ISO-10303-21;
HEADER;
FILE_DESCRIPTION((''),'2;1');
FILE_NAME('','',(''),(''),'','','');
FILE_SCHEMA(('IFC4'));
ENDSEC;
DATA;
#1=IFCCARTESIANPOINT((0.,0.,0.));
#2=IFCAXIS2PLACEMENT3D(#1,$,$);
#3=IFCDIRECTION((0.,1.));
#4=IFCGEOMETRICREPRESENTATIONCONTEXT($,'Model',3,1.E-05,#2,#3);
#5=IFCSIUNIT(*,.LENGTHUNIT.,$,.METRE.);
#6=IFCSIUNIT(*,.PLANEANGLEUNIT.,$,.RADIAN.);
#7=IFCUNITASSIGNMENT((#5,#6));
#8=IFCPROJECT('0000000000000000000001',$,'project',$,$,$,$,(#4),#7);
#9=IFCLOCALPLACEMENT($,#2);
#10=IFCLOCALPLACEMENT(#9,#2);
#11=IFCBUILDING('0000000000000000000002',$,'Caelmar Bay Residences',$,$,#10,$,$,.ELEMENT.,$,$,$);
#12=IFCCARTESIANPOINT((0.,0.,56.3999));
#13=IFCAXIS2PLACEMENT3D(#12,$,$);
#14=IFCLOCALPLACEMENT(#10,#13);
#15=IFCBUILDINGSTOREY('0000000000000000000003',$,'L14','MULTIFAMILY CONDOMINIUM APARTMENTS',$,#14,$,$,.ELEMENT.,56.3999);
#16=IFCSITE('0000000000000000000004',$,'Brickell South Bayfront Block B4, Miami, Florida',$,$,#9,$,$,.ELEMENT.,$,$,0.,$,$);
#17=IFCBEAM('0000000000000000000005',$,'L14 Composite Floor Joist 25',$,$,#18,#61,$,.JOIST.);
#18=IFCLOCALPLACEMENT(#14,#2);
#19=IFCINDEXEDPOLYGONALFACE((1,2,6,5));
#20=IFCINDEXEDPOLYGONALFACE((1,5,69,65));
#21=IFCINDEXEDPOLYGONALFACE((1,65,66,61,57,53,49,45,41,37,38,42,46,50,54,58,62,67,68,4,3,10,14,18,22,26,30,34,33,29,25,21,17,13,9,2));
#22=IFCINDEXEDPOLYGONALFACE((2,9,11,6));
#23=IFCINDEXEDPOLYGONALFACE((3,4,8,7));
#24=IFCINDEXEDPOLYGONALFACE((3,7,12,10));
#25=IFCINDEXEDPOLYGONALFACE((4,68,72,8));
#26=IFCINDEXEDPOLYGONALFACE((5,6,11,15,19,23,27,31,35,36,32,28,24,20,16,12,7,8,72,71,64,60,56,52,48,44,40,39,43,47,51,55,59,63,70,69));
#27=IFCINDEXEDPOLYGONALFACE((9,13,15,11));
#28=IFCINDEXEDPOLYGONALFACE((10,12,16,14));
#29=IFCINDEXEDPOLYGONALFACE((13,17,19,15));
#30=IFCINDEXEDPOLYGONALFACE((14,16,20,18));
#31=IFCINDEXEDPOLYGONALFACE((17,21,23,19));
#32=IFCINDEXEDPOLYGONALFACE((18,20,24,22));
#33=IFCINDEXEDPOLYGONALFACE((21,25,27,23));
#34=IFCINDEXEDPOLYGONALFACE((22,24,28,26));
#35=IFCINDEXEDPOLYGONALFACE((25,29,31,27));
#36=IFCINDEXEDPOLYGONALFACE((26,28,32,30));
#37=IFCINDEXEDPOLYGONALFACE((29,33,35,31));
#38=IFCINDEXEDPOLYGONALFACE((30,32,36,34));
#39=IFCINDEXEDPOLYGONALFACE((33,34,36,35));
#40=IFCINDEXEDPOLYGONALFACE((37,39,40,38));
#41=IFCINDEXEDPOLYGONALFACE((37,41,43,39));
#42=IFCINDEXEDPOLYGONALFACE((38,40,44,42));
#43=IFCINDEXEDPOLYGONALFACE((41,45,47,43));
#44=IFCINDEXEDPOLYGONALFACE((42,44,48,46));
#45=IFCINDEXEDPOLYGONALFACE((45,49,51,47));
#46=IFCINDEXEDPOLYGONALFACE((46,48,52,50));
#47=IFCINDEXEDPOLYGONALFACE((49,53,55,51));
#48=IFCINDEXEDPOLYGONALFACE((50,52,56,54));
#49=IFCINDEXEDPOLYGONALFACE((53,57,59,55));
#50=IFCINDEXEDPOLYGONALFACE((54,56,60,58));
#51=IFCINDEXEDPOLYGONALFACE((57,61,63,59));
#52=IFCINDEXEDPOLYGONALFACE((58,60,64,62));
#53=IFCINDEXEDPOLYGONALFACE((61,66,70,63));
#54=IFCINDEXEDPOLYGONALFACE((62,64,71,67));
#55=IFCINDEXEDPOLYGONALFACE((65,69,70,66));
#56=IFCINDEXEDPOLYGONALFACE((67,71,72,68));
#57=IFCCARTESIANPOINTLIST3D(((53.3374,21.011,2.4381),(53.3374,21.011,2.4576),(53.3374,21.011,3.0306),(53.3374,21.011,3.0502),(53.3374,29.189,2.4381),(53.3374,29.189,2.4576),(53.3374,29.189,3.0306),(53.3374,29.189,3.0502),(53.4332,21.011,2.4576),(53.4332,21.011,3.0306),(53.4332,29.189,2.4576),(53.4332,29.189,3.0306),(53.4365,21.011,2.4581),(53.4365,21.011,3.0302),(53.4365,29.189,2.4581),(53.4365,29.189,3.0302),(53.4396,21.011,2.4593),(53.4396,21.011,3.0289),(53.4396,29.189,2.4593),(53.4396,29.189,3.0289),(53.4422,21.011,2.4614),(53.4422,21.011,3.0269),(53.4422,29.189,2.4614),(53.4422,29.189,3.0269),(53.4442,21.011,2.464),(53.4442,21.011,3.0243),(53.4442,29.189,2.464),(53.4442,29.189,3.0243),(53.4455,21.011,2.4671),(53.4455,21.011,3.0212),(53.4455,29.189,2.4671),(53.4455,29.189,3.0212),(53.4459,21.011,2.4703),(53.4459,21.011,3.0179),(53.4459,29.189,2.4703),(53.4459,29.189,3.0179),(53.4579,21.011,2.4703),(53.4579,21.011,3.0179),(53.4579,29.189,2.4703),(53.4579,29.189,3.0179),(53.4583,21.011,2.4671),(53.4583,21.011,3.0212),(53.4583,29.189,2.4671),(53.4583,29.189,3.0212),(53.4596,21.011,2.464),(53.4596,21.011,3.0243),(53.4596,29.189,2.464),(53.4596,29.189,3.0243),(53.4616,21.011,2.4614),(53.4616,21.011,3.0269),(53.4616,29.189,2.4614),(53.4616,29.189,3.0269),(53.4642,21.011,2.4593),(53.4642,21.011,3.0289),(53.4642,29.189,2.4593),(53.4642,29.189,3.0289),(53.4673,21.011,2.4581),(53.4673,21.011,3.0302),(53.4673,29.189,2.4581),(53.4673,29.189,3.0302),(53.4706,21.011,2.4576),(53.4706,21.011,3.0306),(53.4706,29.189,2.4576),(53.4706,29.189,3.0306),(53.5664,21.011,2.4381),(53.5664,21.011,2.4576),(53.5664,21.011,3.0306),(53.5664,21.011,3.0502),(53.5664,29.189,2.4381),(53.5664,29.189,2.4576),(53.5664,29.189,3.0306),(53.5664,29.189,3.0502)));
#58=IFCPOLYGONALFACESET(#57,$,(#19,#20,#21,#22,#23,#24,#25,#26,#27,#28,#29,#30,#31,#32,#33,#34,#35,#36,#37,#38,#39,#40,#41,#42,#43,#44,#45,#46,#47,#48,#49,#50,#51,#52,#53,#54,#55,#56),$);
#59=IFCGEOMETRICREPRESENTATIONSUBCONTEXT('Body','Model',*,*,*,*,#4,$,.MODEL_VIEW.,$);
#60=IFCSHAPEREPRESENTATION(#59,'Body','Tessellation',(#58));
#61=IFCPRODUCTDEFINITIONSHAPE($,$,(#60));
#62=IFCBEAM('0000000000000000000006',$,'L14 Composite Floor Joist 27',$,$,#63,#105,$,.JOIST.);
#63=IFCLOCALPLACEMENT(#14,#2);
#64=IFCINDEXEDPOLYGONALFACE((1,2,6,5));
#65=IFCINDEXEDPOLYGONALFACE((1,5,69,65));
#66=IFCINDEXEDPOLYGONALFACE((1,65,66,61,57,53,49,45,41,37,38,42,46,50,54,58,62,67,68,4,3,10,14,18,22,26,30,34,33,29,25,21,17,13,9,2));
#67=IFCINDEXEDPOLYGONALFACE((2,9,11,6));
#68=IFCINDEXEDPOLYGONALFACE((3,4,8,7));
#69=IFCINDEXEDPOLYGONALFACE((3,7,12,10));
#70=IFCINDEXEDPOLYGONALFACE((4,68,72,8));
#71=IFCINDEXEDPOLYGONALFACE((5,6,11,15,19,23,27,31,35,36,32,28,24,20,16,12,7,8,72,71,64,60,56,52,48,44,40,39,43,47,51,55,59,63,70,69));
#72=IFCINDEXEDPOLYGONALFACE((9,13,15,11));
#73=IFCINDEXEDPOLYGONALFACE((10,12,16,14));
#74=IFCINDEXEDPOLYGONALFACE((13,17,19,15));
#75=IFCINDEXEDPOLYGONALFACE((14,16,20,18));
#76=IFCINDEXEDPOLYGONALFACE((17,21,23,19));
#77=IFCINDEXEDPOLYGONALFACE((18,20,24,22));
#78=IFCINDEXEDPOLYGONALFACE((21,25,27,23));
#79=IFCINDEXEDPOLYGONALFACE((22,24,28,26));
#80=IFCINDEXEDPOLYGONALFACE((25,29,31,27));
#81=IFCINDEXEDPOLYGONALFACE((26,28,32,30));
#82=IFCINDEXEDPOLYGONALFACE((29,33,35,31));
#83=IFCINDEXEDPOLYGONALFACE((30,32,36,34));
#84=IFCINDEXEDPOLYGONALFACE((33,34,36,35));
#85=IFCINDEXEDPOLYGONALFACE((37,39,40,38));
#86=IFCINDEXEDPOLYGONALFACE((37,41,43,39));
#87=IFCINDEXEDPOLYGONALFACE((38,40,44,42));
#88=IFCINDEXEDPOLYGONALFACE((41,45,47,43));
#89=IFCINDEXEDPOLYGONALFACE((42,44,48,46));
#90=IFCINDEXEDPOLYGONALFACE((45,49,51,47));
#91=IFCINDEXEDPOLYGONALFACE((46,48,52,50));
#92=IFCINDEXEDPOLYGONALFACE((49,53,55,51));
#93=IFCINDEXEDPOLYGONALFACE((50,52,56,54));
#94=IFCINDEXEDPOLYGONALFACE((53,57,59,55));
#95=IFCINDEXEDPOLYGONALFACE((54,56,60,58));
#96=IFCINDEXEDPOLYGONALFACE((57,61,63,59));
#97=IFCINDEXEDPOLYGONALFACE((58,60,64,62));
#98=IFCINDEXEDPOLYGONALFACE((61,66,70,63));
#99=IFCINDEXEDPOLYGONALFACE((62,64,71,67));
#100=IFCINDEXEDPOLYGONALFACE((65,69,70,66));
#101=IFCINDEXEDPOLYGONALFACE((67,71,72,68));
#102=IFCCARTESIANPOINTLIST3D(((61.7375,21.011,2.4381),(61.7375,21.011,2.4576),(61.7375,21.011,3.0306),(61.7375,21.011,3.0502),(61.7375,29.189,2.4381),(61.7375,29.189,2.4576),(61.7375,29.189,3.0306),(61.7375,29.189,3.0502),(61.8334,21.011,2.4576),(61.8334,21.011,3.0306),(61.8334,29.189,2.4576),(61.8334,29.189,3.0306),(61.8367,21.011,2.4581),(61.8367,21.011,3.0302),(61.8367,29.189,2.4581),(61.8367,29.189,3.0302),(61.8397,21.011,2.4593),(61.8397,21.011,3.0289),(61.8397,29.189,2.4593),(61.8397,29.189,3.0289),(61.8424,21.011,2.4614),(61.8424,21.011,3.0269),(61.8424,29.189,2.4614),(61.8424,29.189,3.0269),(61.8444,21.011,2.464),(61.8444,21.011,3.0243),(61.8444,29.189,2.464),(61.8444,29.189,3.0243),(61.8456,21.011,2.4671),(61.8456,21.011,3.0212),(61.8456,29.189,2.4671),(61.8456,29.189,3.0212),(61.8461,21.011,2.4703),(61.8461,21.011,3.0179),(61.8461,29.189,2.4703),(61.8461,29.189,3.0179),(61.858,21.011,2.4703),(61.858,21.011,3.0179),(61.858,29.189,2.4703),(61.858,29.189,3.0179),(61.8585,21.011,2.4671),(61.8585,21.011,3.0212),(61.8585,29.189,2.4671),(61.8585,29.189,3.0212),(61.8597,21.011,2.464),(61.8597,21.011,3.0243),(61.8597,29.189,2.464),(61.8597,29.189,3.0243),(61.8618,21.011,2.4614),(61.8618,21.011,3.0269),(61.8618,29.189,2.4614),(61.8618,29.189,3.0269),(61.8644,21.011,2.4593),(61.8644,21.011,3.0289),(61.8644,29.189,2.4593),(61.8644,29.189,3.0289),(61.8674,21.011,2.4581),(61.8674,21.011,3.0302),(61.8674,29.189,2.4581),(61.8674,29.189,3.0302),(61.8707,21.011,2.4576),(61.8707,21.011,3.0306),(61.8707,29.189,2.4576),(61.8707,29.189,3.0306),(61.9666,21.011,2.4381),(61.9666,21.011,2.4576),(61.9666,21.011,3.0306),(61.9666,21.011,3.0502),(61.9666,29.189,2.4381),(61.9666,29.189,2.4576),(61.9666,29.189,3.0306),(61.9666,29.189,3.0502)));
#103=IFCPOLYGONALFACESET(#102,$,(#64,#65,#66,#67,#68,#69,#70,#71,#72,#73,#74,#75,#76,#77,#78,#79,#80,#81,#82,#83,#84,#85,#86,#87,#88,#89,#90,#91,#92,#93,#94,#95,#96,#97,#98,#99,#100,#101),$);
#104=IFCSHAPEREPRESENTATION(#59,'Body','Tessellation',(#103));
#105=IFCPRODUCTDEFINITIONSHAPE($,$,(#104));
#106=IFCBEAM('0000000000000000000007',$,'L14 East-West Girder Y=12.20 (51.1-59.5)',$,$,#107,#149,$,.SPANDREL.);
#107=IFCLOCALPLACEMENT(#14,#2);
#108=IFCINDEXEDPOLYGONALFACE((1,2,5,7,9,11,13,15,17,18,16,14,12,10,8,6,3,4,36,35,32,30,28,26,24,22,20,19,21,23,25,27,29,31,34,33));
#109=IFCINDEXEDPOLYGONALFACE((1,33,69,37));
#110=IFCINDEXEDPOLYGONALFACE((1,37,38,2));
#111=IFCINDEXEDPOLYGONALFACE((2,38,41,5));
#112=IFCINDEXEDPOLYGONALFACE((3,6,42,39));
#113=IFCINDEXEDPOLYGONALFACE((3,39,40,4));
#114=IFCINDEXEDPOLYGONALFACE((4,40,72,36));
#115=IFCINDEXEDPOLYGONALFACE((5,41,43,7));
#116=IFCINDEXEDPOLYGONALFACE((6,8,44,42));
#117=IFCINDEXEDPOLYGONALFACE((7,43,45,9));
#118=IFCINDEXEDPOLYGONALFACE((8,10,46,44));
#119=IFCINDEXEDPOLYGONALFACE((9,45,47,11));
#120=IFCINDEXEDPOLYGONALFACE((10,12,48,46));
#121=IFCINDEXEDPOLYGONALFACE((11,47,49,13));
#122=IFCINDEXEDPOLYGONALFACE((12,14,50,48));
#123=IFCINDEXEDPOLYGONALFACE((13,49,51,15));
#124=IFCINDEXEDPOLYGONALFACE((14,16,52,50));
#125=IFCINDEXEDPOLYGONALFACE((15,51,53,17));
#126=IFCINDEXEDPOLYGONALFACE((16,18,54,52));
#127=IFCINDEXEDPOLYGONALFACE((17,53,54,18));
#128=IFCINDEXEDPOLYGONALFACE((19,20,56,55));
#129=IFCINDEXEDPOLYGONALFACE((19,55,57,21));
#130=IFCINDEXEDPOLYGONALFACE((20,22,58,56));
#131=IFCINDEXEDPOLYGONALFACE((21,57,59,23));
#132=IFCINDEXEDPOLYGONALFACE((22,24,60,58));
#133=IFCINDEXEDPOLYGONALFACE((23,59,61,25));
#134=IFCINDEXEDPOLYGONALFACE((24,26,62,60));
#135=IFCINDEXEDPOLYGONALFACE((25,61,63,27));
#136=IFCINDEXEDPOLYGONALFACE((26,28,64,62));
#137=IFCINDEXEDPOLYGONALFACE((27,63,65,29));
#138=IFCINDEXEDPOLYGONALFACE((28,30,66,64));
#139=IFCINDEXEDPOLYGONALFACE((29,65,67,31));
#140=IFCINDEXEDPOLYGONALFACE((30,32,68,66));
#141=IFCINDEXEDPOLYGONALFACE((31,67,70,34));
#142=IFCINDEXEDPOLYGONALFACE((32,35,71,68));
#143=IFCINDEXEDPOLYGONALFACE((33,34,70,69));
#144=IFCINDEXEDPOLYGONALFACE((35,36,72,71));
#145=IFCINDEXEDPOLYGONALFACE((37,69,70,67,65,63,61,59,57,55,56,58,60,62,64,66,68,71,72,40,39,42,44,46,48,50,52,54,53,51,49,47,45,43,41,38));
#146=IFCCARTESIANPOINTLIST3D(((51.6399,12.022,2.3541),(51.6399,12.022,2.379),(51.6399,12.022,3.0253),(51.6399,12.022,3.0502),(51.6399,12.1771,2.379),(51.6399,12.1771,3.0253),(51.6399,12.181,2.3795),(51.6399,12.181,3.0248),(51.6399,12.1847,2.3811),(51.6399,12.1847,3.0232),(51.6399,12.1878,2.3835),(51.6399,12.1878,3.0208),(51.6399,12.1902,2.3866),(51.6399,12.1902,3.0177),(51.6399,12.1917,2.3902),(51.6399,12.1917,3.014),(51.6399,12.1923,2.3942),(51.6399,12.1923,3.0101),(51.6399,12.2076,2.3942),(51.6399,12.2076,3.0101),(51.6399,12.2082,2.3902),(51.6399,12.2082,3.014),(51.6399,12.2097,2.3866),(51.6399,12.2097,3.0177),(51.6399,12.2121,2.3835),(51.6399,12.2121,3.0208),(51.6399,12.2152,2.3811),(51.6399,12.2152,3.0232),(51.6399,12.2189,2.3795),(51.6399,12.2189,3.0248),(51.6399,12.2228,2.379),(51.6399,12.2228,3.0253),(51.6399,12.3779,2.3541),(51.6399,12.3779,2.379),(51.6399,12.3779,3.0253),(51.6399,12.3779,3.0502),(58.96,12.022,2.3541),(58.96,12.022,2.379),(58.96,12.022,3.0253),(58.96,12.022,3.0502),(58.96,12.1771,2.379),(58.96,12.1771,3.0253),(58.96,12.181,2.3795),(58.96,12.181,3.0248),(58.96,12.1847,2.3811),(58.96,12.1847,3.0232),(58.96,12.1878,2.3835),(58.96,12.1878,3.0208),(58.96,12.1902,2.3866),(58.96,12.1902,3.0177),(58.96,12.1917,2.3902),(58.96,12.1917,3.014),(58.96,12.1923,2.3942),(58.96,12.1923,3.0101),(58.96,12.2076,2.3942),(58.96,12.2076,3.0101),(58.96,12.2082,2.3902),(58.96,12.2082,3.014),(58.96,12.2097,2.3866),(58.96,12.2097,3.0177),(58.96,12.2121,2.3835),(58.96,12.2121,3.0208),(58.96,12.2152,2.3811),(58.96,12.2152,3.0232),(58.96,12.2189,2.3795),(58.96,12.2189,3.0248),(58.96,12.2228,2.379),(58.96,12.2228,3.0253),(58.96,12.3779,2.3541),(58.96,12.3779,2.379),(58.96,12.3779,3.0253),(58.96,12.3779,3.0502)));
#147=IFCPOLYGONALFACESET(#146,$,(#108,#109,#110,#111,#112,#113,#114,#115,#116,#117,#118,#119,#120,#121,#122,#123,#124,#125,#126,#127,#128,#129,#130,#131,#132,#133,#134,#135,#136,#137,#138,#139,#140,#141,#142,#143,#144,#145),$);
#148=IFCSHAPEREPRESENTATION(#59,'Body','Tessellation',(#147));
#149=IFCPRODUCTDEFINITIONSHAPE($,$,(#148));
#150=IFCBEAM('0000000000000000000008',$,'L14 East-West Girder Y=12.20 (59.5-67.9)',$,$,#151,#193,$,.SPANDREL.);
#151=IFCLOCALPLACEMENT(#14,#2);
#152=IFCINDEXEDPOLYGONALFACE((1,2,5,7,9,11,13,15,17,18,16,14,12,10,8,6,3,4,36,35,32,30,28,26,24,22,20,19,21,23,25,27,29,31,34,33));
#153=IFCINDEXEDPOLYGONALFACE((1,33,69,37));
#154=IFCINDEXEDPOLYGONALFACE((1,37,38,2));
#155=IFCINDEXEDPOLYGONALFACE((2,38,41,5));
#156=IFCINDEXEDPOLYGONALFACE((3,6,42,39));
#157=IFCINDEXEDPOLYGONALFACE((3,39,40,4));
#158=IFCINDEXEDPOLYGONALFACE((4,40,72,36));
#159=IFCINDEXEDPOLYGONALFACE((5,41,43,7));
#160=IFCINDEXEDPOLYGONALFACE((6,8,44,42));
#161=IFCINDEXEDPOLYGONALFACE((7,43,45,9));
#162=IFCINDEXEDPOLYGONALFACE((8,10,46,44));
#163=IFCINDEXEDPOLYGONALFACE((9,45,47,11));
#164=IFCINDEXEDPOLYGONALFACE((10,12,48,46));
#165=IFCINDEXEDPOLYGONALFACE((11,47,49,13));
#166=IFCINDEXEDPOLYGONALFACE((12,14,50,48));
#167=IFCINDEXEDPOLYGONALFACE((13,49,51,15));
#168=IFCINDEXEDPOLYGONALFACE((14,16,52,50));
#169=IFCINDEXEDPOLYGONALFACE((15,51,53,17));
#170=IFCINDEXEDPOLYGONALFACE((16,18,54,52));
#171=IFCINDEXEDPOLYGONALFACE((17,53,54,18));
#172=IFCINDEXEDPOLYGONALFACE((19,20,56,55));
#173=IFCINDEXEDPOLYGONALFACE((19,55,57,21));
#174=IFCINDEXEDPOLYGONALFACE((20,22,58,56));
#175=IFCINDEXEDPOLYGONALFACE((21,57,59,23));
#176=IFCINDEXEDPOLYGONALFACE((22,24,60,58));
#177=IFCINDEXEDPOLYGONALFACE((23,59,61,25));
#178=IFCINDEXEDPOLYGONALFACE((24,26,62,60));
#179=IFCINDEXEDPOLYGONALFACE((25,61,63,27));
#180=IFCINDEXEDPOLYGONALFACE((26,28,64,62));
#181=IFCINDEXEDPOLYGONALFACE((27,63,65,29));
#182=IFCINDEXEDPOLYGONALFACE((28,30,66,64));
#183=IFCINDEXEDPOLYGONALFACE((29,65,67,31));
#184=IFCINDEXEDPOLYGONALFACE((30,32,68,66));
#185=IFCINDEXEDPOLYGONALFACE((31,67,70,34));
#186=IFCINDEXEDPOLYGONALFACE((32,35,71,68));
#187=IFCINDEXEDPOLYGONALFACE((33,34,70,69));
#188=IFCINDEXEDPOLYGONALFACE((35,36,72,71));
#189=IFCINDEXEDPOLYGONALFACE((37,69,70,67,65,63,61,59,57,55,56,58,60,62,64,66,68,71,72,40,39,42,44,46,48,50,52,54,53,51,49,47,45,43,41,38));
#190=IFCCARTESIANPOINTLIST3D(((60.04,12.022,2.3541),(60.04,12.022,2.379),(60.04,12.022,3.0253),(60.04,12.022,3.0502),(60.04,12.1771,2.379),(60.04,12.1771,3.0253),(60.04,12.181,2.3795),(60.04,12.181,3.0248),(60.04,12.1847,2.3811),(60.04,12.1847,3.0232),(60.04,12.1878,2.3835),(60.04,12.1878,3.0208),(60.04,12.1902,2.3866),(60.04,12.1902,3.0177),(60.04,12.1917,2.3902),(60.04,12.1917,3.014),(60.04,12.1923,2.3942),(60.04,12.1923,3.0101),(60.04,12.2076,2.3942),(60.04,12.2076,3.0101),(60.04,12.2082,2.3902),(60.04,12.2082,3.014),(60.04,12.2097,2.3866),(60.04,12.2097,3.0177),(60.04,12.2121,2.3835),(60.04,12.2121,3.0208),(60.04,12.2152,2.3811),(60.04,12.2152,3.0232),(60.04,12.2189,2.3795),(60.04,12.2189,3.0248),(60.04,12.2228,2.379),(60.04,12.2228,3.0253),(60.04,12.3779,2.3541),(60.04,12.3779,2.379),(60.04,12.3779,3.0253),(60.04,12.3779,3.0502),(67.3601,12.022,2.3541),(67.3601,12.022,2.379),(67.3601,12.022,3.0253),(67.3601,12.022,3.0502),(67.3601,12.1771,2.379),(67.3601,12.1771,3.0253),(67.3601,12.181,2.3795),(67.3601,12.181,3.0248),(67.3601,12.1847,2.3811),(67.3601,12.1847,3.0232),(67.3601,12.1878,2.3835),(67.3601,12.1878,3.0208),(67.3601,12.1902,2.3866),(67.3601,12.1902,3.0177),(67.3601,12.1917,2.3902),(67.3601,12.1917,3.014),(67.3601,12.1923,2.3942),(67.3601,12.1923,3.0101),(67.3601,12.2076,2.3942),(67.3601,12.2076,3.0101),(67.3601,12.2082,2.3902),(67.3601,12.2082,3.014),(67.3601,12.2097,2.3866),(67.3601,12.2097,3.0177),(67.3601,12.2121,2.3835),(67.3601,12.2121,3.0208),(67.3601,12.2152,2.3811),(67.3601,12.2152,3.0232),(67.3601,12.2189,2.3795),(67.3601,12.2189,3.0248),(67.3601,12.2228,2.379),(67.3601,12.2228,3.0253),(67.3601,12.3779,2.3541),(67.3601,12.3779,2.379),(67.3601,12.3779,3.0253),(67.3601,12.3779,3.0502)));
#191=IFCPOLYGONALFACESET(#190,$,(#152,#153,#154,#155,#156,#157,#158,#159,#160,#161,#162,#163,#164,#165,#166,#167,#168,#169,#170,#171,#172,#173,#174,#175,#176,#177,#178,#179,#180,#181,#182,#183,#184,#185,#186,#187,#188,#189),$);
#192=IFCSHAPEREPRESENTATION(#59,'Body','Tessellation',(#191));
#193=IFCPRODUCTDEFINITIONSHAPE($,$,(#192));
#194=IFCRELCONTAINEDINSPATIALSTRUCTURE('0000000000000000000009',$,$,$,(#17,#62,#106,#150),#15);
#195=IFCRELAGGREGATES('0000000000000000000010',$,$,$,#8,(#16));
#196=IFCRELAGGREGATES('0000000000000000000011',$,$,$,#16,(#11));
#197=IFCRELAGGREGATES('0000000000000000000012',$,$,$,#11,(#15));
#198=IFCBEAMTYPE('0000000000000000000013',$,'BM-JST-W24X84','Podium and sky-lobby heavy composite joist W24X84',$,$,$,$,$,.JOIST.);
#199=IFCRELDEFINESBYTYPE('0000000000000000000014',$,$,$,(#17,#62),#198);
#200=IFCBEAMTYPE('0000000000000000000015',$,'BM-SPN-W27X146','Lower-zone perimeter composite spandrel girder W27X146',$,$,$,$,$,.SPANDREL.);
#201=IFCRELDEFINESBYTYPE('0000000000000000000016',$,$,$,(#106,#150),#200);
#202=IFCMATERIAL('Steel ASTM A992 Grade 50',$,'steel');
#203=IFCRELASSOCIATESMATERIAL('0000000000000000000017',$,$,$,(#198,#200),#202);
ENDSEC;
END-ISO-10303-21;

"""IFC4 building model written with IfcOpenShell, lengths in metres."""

from ifc_helpers import new_model, si_unit, direction, frame, origin, origin_2d, place, context, subcontext, project, spatial, i_section, extrude, material, material_profile, profile_set, type_object, element, save


model = new_model("IFC4")

# Units and contexts
model_context = context("Model", 3, precision=1e-05, world=origin(), true_north=direction((0.0, 1.0)))
body_context = subcontext(model_context, "Body", "Model", "MODEL_VIEW")
ifc_project = project(units=[si_unit("LENGTHUNIT", "METRE"), si_unit("PLANEANGLEUNIT", "RADIAN")], contexts=[model_context])

# Site, building, storey
site_placement = place(None, origin())
site = spatial("IfcSite", under=ifc_project, at=site_placement, Name="Brickell South Bayfront Block B4, Miami, Florida", CompositionType="ELEMENT", RefElevation=0.0)
building_placement = place(site_placement, origin())
building = spatial("IfcBuilding", under=site, at=building_placement, Name="Caelmar Bay Residences", CompositionType="ELEMENT")
storey_placement = place(building_placement, frame((0.0, 0.0, 56.3999)))
storey = spatial("IfcBuildingStorey", under=building, at=storey_placement, Name="L14", Description="MULTIFAMILY CONDOMINIUM APARTMENTS", CompositionType="ELEMENT", Elevation=56.3999)

# Beams
ifc_material_1 = material(Name="Steel ASTM A992 Grade 50", Category="steel")
ifc_material_profile_1 = material_profile(ifc_material_1, i_section(OverallWidth=0.229, OverallDepth=0.6121, WebThickness=0.012, FlangeThickness=0.0195, FilletRadius=0.0127, at=origin_2d()), Name="W24X84")
ifc_profile_set_1 = profile_set([ifc_material_profile_1], Name="Steel ASTM A992 Grade 50")
beam_type_1 = type_object("IfcBeamType", Name="BM-JST-W24X84", Description="Podium and sky-lobby heavy composite joist W24X84", PredefinedType="JOIST", material=ifc_profile_set_1)
for number, where, z_axis, x_axis, name in (
    (1, (53.4519, 21.011, 2.7441), (0.0, 1.0, 0.0), (-1.0, 0.0, 0.0), "L14 Composite Floor Joist 25"),
    (2, (61.8521, 21.011, 2.7441), (0.0, 1.0, 0.0), (-1.0, 0.0, 0.0), "L14 Composite Floor Joist 27"),
):
    element("IfcBeam", number, at=place(storey_placement, frame(where, z_axis=z_axis, x_axis=x_axis)), inside=storey, type_object=beam_type_1, Name=name, PredefinedType="JOIST", context=body_context, shape_type="SweptSolid", body=[
        extrude(i_section(OverallWidth=0.229, OverallDepth=0.6121, WebThickness=0.012, FlangeThickness=0.0195, FilletRadius=0.0127, at=origin_2d()), origin(), (0.0, 0.0, 1.0), 8.178),
    ])
ifc_material_profile_2 = material_profile(ifc_material_1, i_section(OverallWidth=0.356, OverallDepth=0.696, WebThickness=0.0154, FlangeThickness=0.0249, FilletRadius=0.0151, at=origin_2d()), Name="W27X146")
ifc_profile_set_2 = profile_set([ifc_material_profile_2], Name="Steel ASTM A992 Grade 50")
beam_type_2 = type_object("IfcBeamType", Name="BM-SPN-W27X146", Description="Lower-zone perimeter composite spandrel girder W27X146", PredefinedType="SPANDREL", material=ifc_profile_set_2)
for number, where, z_axis, x_axis, name in (
    (3, (51.6399, 12.2, 2.7021), (1.0, 0.0, 0.0), (0.0, 1.0, 0.0), "L14 East-West Girder Y=12.20 (51.1-59.5)"),
    (4, (60.04, 12.2, 2.7021), (1.0, 0.0, 0.0), (0.0, 1.0, 0.0), "L14 East-West Girder Y=12.20 (59.5-67.9)"),
):
    element("IfcBeam", number, at=place(storey_placement, frame(where, z_axis=z_axis, x_axis=x_axis)), inside=storey, type_object=beam_type_2, Name=name, PredefinedType="SPANDREL", context=body_context, shape_type="SweptSolid", body=[
        extrude(i_section(OverallWidth=0.356, OverallDepth=0.696, WebThickness=0.0154, FlangeThickness=0.0249, FilletRadius=0.0151, at=origin_2d()), origin(), (0.0, 0.0, 1.0), 7.3201),
    ])

save(model, "model.ifc")
